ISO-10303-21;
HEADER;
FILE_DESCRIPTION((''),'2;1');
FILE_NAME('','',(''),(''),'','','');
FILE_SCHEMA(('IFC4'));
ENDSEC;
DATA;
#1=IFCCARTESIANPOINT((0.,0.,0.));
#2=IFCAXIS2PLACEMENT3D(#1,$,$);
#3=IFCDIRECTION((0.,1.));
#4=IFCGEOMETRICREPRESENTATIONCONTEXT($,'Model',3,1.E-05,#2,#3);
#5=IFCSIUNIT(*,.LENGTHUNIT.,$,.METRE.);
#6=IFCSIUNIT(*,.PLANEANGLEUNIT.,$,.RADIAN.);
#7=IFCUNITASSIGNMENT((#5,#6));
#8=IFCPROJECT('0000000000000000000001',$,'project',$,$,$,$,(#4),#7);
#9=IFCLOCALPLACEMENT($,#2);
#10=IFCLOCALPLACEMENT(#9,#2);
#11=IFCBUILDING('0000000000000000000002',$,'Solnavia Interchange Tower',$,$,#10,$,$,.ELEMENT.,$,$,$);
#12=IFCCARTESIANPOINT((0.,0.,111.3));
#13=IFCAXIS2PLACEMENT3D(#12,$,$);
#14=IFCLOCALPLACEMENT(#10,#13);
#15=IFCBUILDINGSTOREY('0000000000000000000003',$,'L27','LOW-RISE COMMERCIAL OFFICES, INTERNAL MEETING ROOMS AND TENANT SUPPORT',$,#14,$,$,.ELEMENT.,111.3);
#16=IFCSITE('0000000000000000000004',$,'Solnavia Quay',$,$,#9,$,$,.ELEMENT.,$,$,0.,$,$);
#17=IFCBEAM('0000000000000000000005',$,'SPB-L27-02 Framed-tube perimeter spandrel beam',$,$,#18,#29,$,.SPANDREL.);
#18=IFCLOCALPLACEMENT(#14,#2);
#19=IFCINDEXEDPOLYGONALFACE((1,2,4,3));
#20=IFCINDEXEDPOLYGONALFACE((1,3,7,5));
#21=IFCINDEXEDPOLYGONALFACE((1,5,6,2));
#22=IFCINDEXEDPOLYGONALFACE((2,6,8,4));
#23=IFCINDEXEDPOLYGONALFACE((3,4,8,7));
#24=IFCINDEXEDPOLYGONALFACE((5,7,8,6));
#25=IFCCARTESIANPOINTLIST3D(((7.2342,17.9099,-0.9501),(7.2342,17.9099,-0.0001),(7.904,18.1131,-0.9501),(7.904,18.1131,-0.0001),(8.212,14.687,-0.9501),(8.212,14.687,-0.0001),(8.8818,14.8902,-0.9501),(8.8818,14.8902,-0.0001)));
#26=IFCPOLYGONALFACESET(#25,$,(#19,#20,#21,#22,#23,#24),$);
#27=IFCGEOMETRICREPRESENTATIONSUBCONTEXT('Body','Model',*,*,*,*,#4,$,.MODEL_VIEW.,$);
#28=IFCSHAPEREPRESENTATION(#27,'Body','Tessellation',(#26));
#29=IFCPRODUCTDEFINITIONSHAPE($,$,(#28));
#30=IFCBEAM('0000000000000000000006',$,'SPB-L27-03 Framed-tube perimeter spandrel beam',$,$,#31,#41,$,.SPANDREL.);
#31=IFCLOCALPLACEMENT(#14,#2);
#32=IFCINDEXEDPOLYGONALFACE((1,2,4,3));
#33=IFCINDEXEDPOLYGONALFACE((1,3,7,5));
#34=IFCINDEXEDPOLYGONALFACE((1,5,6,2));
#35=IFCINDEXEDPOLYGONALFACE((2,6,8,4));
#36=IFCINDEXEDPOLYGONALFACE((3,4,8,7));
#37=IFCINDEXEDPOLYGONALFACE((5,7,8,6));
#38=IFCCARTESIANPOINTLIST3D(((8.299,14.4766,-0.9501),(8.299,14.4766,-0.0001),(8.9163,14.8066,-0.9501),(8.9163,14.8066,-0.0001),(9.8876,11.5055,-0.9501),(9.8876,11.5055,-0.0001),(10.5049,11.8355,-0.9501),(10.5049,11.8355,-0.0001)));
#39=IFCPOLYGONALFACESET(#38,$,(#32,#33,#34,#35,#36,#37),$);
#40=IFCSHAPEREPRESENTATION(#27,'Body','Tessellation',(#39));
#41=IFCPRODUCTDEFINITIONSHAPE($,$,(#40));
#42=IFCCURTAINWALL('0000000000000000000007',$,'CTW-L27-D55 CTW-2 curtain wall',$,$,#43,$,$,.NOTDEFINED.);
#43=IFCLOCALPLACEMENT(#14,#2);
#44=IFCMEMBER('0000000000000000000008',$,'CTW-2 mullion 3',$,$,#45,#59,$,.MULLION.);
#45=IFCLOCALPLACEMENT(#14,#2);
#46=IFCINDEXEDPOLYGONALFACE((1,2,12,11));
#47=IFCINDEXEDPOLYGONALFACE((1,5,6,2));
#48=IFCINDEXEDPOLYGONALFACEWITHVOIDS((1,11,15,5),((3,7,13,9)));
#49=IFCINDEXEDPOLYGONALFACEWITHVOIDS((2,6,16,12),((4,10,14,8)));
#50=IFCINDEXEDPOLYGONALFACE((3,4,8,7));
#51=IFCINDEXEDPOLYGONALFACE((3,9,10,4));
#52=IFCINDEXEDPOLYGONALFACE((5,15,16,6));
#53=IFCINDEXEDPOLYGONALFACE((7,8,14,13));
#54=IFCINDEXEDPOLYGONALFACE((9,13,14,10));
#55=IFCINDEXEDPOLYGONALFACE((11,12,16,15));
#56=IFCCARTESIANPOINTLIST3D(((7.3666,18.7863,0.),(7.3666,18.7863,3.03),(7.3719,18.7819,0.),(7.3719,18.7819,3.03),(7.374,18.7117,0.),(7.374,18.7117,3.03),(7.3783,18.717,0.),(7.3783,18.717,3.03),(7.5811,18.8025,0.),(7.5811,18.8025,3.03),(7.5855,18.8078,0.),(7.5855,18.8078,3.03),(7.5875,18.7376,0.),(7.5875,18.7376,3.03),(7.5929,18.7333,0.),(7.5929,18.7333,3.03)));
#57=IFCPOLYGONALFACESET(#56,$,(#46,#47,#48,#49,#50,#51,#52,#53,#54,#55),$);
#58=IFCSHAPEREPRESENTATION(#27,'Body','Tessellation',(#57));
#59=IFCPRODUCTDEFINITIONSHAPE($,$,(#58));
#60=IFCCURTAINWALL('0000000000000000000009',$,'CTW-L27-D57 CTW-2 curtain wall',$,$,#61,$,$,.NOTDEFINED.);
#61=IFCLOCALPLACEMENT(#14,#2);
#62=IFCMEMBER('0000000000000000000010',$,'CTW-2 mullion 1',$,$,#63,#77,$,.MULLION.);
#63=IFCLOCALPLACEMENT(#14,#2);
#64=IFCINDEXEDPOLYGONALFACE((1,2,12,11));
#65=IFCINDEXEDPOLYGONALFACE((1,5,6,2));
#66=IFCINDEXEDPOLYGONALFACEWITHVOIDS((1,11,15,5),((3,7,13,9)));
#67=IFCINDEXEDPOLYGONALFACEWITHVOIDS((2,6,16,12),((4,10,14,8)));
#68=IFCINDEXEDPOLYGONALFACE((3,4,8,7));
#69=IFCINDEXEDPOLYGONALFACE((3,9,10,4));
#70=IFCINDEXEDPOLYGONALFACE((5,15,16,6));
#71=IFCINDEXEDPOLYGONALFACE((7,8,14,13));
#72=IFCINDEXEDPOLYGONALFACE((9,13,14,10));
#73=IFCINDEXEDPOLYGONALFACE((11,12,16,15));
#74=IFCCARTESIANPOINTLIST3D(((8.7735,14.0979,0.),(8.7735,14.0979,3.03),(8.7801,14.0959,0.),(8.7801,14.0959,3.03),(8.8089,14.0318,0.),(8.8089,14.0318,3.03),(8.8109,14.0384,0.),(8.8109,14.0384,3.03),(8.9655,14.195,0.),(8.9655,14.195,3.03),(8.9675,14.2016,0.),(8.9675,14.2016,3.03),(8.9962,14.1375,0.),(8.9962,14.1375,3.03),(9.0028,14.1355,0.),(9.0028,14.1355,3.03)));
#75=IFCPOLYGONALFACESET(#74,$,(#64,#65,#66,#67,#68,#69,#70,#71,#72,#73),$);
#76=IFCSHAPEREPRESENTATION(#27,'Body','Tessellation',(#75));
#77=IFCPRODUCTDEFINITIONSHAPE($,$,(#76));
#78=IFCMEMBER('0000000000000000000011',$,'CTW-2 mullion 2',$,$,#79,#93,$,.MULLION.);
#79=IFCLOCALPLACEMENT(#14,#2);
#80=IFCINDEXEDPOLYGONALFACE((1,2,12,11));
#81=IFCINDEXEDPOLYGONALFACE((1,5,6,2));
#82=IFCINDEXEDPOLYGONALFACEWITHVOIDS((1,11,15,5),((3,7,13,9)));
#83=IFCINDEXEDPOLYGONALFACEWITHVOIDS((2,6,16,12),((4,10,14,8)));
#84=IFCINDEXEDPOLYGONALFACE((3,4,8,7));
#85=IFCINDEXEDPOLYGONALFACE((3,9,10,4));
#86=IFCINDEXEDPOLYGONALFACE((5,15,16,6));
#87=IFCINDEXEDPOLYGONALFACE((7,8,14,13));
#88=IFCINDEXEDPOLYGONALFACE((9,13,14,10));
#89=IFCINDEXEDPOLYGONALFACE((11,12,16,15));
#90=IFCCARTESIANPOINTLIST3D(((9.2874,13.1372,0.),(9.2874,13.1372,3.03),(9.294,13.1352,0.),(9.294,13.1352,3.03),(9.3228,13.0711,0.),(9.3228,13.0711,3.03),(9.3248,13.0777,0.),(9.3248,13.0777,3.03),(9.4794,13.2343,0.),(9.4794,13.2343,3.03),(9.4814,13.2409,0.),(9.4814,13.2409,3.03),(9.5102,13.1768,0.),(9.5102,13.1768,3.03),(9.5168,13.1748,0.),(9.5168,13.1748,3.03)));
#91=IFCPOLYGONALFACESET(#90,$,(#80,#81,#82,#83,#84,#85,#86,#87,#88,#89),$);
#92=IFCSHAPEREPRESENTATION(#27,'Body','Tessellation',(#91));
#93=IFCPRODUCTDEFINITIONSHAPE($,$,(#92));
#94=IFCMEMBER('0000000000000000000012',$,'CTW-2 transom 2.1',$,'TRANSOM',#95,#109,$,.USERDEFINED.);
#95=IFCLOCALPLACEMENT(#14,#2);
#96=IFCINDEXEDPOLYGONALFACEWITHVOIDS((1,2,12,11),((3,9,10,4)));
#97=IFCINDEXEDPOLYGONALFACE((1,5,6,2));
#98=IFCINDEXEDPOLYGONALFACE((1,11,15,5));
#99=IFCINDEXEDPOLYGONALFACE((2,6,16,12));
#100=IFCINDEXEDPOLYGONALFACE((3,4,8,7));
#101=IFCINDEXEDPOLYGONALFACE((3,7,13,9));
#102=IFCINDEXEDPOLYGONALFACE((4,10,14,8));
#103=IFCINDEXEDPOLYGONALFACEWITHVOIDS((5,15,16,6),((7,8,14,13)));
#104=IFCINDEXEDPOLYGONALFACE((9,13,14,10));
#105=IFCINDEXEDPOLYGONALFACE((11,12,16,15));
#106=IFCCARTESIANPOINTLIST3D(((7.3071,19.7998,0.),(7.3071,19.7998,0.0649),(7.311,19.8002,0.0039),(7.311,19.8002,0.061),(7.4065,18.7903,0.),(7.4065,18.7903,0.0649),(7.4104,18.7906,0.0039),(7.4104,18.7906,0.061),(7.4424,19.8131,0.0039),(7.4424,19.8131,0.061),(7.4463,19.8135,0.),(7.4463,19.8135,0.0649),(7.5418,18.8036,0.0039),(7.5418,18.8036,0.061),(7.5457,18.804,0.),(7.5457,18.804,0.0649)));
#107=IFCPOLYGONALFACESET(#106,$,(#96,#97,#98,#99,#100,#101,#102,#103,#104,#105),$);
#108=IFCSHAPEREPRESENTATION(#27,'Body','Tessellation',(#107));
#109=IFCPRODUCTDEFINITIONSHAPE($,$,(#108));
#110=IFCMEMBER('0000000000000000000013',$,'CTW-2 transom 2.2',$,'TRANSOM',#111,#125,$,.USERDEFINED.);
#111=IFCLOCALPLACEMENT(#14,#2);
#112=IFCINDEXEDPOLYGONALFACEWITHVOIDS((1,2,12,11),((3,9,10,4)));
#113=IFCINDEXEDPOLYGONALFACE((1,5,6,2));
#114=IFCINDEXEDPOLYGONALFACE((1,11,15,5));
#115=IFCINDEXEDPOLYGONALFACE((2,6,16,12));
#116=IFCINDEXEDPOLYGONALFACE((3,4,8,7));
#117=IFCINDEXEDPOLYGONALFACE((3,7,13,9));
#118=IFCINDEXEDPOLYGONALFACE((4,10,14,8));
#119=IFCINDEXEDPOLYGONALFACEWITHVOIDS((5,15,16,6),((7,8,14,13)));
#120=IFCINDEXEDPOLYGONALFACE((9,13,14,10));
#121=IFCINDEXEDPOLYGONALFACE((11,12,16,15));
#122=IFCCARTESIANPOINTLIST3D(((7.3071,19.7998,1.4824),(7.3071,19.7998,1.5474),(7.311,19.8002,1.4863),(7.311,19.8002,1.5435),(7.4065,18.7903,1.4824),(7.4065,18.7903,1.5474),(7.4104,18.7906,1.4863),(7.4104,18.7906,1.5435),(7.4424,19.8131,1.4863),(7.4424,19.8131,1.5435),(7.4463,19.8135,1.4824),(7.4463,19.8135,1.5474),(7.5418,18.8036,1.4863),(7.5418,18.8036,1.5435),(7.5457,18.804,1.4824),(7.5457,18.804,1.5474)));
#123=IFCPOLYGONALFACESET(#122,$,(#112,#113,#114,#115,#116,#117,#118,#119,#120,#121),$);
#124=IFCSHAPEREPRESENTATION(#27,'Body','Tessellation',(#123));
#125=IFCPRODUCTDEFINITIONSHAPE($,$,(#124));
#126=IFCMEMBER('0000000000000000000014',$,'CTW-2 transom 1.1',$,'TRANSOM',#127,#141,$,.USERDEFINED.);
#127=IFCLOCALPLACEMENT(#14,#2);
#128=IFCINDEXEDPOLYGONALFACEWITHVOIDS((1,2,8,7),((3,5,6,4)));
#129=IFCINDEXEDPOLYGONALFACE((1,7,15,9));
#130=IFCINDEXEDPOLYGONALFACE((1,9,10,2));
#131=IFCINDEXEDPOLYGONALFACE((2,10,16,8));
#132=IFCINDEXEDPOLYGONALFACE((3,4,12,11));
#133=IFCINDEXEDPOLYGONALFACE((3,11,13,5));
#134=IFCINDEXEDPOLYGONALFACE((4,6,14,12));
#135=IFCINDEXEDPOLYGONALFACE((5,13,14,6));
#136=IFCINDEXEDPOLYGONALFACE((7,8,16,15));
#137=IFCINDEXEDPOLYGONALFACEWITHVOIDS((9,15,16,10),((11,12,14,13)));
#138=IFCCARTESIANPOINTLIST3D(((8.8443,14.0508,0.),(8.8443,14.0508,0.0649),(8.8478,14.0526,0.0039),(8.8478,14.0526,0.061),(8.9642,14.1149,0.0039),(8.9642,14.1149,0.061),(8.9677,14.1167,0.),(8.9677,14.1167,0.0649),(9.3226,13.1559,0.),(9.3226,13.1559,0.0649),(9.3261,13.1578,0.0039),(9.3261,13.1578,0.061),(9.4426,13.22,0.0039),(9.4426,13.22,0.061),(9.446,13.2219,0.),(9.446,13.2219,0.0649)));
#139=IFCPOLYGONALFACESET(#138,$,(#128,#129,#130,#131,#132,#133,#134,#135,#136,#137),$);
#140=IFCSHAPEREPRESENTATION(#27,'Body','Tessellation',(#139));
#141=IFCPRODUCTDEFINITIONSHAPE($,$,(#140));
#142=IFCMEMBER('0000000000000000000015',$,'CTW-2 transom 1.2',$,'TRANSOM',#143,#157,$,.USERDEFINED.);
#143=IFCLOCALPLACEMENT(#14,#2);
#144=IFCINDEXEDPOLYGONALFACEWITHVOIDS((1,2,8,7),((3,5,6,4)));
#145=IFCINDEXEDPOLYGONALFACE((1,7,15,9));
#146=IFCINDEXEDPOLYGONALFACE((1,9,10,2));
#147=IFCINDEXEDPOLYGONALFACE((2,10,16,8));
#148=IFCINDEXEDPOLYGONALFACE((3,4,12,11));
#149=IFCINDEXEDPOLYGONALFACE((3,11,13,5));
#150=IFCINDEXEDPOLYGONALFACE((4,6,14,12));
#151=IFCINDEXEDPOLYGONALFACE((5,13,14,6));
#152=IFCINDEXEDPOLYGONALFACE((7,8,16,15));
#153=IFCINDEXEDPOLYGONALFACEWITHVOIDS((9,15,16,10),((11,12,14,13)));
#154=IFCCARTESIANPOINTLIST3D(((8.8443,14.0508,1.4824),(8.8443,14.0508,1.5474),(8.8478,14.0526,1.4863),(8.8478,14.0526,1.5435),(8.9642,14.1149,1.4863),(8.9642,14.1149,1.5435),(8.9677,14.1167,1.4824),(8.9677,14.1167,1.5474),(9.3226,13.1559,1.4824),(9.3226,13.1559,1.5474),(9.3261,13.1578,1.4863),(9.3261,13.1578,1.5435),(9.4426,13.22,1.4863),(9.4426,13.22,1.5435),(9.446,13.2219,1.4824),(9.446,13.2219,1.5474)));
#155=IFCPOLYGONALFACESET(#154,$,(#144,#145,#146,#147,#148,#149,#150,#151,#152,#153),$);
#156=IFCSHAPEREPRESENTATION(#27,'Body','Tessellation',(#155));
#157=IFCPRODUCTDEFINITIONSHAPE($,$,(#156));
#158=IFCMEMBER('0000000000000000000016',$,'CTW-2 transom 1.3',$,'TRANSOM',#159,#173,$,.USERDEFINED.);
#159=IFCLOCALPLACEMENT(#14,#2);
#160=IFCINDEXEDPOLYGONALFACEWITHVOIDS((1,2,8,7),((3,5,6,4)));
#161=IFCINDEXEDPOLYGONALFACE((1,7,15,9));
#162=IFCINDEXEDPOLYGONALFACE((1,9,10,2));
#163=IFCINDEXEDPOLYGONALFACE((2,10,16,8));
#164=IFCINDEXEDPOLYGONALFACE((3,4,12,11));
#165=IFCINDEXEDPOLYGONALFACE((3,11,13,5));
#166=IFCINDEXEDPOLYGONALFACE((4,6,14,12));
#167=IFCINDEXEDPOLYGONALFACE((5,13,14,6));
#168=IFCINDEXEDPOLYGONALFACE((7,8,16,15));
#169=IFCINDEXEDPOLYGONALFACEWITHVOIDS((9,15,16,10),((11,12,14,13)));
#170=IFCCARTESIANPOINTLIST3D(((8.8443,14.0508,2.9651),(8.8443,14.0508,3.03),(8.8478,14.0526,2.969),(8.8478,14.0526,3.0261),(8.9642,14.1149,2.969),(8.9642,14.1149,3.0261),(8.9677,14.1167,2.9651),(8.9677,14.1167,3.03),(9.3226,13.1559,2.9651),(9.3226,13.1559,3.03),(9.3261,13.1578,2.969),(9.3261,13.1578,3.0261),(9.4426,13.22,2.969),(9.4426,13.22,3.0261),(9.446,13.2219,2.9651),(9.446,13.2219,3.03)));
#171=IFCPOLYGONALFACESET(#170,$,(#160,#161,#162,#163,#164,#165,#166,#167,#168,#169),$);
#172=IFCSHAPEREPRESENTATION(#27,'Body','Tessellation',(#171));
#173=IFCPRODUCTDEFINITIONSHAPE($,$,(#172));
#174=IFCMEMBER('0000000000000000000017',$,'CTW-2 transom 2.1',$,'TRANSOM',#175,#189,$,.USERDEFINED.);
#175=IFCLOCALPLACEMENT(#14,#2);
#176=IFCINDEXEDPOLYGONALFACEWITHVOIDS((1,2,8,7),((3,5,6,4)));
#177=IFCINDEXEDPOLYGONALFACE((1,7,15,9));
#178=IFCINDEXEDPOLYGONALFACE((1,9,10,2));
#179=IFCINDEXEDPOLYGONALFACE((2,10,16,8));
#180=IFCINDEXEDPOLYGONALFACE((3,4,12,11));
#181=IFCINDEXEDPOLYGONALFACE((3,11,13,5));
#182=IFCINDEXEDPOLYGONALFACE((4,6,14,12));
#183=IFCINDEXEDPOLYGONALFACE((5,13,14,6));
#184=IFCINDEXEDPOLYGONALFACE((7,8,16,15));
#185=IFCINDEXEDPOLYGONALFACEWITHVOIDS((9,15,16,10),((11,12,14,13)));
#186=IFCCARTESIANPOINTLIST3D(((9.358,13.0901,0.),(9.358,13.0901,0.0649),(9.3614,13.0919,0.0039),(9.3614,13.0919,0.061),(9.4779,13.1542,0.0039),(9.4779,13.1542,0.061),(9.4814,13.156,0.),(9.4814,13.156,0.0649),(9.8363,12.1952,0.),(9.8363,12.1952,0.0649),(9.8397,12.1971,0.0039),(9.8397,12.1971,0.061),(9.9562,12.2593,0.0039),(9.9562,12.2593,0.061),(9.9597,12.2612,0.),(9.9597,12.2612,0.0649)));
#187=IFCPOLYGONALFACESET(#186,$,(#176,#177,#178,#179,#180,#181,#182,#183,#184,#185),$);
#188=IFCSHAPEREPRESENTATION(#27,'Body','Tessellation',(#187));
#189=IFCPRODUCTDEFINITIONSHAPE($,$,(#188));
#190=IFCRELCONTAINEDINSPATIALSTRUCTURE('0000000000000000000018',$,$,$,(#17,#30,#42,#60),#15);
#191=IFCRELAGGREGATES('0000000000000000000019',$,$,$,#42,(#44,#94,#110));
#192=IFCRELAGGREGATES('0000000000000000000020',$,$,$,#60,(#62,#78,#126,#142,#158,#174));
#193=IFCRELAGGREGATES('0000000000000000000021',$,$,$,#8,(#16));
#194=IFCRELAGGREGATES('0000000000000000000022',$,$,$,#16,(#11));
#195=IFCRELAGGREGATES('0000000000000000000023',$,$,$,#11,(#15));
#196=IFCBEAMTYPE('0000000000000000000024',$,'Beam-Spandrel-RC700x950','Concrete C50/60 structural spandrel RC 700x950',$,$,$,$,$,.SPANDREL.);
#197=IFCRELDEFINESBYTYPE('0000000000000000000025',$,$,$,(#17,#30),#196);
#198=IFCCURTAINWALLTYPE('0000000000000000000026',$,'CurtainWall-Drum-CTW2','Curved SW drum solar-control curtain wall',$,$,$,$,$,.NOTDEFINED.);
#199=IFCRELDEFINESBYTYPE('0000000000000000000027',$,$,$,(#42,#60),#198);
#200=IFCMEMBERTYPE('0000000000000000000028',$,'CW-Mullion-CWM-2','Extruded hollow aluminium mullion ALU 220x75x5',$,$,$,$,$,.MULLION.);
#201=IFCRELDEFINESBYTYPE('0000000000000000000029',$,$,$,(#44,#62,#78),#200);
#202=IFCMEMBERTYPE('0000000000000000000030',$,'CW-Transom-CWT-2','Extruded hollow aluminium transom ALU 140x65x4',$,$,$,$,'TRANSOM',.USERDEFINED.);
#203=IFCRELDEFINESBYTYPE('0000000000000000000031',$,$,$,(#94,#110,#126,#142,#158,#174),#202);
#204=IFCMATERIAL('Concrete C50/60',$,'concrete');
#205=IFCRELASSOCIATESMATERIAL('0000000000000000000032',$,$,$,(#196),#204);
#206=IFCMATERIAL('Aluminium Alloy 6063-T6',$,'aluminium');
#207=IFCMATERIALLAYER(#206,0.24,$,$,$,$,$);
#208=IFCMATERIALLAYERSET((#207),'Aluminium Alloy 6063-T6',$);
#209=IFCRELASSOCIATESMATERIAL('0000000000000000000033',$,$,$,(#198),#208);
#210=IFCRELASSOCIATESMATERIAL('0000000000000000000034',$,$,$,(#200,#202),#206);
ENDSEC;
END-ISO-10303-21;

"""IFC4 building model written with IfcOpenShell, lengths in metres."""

from ifc_helpers import new_model, si_unit, direction, frame, origin, origin_2d, place, context, subcontext, project, spatial, rectangle, hollow_rectangle, extrude, material, layer, layer_set, material_profile, profile_set, type_object, element, aggregate, save


model = new_model("IFC4")

# Units and contexts
model_context = context("Model", 3, precision=1e-05, world=origin(), true_north=direction((0.0, 1.0)))
body_context = subcontext(model_context, "Body", "Model", "MODEL_VIEW")
ifc_project = project(units=[si_unit("LENGTHUNIT", "METRE"), si_unit("PLANEANGLEUNIT", "RADIAN")], contexts=[model_context])

# Site, building, storey
site_placement = place(None, origin())
site = spatial("IfcSite", under=ifc_project, at=site_placement, Name="Solnavia Quay", CompositionType="ELEMENT", RefElevation=0.0)
building_placement = place(site_placement, origin())
building = spatial("IfcBuilding", under=site, at=building_placement, Name="Solnavia Interchange Tower", CompositionType="ELEMENT")
storey_placement = place(building_placement, frame((0.0, 0.0, 111.3)))
storey = spatial("IfcBuildingStorey", under=building, at=storey_placement, Name="L27", Description="LOW-RISE COMMERCIAL OFFICES, INTERNAL MEETING ROOMS AND TENANT SUPPORT", CompositionType="ELEMENT", Elevation=111.3)

# Beams
ifc_material_1 = material(Name="Concrete C50/60", Category="concrete")
ifc_material_profile_1 = material_profile(ifc_material_1, rectangle(XDim=0.7, YDim=0.95, at=origin_2d()), Name="RC 700x950")
ifc_profile_set_1 = profile_set([ifc_material_profile_1], Name="Concrete C50/60")
beam_type_1 = type_object("IfcBeamType", Name="Beam-Spandrel-RC700x950", Description="Concrete C50/60 structural spandrel RC 700x950", PredefinedType="SPANDREL", material=ifc_profile_set_1)
beam_1_placement = place(storey_placement, frame((7.5691, 18.0115, -0.4751), z_axis=(0.290319, -0.95693, 0.0), x_axis=(0.95693, 0.290319, 0.0)))
element("IfcBeam", 1, at=beam_1_placement, inside=storey, type_object=beam_type_1, Name="SPB-L27-02 Framed-tube perimeter spandrel beam", PredefinedType="SPANDREL", context=body_context, shape_type="SweptSolid", body=[
    extrude(rectangle(XDim=0.7, YDim=0.95, at=origin_2d()), origin(), (0.0, 0.0, 1.0), 3.3679),
])
beam_2_placement = place(storey_placement, frame((8.6077, 14.6416, -0.4751), z_axis=(0.471509, -0.881861, 0.0), x_axis=(0.881861, 0.471509, 0.0)))
element("IfcBeam", 2, at=beam_2_placement, inside=storey, type_object=beam_type_1, Name="SPB-L27-03 Framed-tube perimeter spandrel beam", PredefinedType="SPANDREL", context=body_context, shape_type="SweptSolid", body=[
    extrude(rectangle(XDim=0.7, YDim=0.95, at=origin_2d()), origin(), (0.0, 0.0, 1.0), 3.3691),
])

# Curtain wall, member
ifc_material_2 = material(Name="Aluminium Alloy 6063-T6", Category="aluminium")
ifc_layer_1 = layer(ifc_material_2, 0.24)
ifc_layer_set_1 = layer_set([ifc_layer_1], Name="Aluminium Alloy 6063-T6")
curtain_wall_type = type_object("IfcCurtainWallType", Name="CurtainWall-Drum-CTW2", Description="Curved SW drum solar-control curtain wall", PredefinedType="NOTDEFINED", material=ifc_layer_set_1)
curtain_wall_1_placement = place(storey_placement, origin())
curtain_wall_1 = element("IfcCurtainWall", 3, at=curtain_wall_1_placement, inside=storey, type_object=curtain_wall_type, Name="CTW-L27-D55 CTW-2 curtain wall", PredefinedType="NOTDEFINED")
ifc_material_profile_2 = material_profile(ifc_material_2, hollow_rectangle(XDim=0.075, YDim=0.22, WallThickness=0.0049, at=origin_2d()), Name="ALU 220x75x5")
ifc_profile_set_2 = profile_set([ifc_material_profile_2], Name="Aluminium Alloy 6063-T6")
member_type_1 = type_object("IfcMemberType", Name="CW-Mullion-CWM-2", Description="Extruded hollow aluminium mullion ALU 220x75x5", PredefinedType="MULLION", material=ifc_profile_set_2)
member_1_placement = place(storey_placement, frame((7.4797, 18.7598, 0.0), z_axis=(0.0, 0.0, 1.0), x_axis=(0.098045, -0.995182, 0.0)))
member_1 = element("IfcMember", 4, at=member_1_placement, type_object=member_type_1, Name="CTW-2 mullion 3", PredefinedType="MULLION", context=body_context, shape_type="SweptSolid", body=[
    extrude(hollow_rectangle(XDim=0.075, YDim=0.22, WallThickness=0.0049, at=origin_2d()), origin(), (0.0, 0.0, 1.0), 3.03),
])

# Curtain wall, members
curtain_wall_2_placement = place(storey_placement, origin())
curtain_wall_2 = element("IfcCurtainWall", 5, at=curtain_wall_2_placement, inside=storey, type_object=curtain_wall_type, Name="CTW-L27-D57 CTW-2 curtain wall", PredefinedType="NOTDEFINED")
member_2_placement = place(storey_placement, frame((8.8882, 14.1167, 0.0), z_axis=(0.0, 0.0, 1.0), x_axis=(0.471537, -0.881846, 0.0)))
member_2 = element("IfcMember", 6, at=member_2_placement, type_object=member_type_1, Name="CTW-2 mullion 1", PredefinedType="MULLION", context=body_context, shape_type="SweptSolid", body=[
    extrude(hollow_rectangle(XDim=0.075, YDim=0.22, WallThickness=0.0049, at=origin_2d()), origin(), (0.0, 0.0, 1.0), 3.03),
])
member_3_placement = place(storey_placement, frame((9.4021, 13.156, 0.0), z_axis=(0.0, 0.0, 1.0), x_axis=(0.471537, -0.881846, 0.0)))
member_3 = element("IfcMember", 7, at=member_3_placement, type_object=member_type_1, Name="CTW-2 mullion 2", PredefinedType="MULLION", context=body_context, shape_type="SweptSolid", body=[
    extrude(hollow_rectangle(XDim=0.075, YDim=0.22, WallThickness=0.0049, at=origin_2d()), origin(), (0.0, 0.0, 1.0), 3.03),
])

# Members
ifc_material_profile_3 = material_profile(ifc_material_2, hollow_rectangle(XDim=0.0649, YDim=0.1399, WallThickness=0.0039, at=origin_2d()), Name="ALU 140x65x4")
ifc_profile_set_3 = profile_set([ifc_material_profile_3], Name="Aluminium Alloy 6063-T6")
member_type_2 = type_object("IfcMemberType", Name="CW-Transom-CWT-2", Description="Extruded hollow aluminium transom ALU 140x65x4", ElementType="TRANSOM", PredefinedType="USERDEFINED", material=ifc_profile_set_3)
member_4_placement = place(storey_placement, frame((7.3767, 19.8066, 0.0325), z_axis=(0.097955, -0.995191, 0.0), x_axis=(0.0, 0.0, 1.0)))
member_4 = element("IfcMember", 8, at=member_4_placement, type_object=member_type_2, Name="CTW-2 transom 2.1", ObjectType="TRANSOM", PredefinedType="USERDEFINED", context=body_context, shape_type="SweptSolid", body=[
    extrude(hollow_rectangle(XDim=0.0649, YDim=0.1399, WallThickness=0.0039, at=origin_2d()), origin(), (0.0, 0.0, 1.0), 1.0144),
])
member_5_placement = place(storey_placement, frame((7.3767, 19.8066, 1.5149), z_axis=(0.097955, -0.995191, 0.0), x_axis=(0.0, 0.0, 1.0)))
member_5 = element("IfcMember", 9, at=member_5_placement, type_object=member_type_2, Name="CTW-2 transom 2.2", ObjectType="TRANSOM", PredefinedType="USERDEFINED", context=body_context, shape_type="SweptSolid", body=[
    extrude(hollow_rectangle(XDim=0.0649, YDim=0.1399, WallThickness=0.0039, at=origin_2d()), origin(), (0.0, 0.0, 1.0), 1.0144),
])
member_6_placement = place(storey_placement, frame((8.906, 14.0837, 0.0325), z_axis=(0.4714, -0.88192, 0.0), x_axis=(0.0, 0.0, 1.0)))
member_6 = element("IfcMember", 10, at=member_6_placement, type_object=member_type_2, Name="CTW-2 transom 1.1", ObjectType="TRANSOM", PredefinedType="USERDEFINED", context=body_context, shape_type="SweptSolid", body=[
    extrude(hollow_rectangle(XDim=0.0649, YDim=0.1399, WallThickness=0.0039, at=origin_2d()), origin(), (0.0, 0.0, 1.0), 1.0146),
])
member_7_placement = place(storey_placement, frame((8.906, 14.0837, 1.5149), z_axis=(0.4714, -0.88192, 0.0), x_axis=(0.0, 0.0, 1.0)))
member_7 = element("IfcMember", 11, at=member_7_placement, type_object=member_type_2, Name="CTW-2 transom 1.2", ObjectType="TRANSOM", PredefinedType="USERDEFINED", context=body_context, shape_type="SweptSolid", body=[
    extrude(hollow_rectangle(XDim=0.0649, YDim=0.1399, WallThickness=0.0039, at=origin_2d()), origin(), (0.0, 0.0, 1.0), 1.0146),
])
member_8_placement = place(storey_placement, frame((8.906, 14.0837, 2.9976), z_axis=(0.4714, -0.88192, 0.0), x_axis=(0.0, 0.0, 1.0)))
member_8 = element("IfcMember", 12, at=member_8_placement, type_object=member_type_2, Name="CTW-2 transom 1.3", ObjectType="TRANSOM", PredefinedType="USERDEFINED", context=body_context, shape_type="SweptSolid", body=[
    extrude(hollow_rectangle(XDim=0.0649, YDim=0.1399, WallThickness=0.0039, at=origin_2d()), origin(), (0.0, 0.0, 1.0), 1.0146),
])
member_9_placement = place(storey_placement, frame((9.4197, 13.123, 0.0325), z_axis=(0.4714, -0.88192, 0.0), x_axis=(0.0, 0.0, 1.0)))
member_9 = element("IfcMember", 13, at=member_9_placement, type_object=member_type_2, Name="CTW-2 transom 2.1", ObjectType="TRANSOM", PredefinedType="USERDEFINED", context=body_context, shape_type="SweptSolid", body=[
    extrude(hollow_rectangle(XDim=0.0649, YDim=0.1399, WallThickness=0.0039, at=origin_2d()), origin(), (0.0, 0.0, 1.0), 1.0146),
])

aggregate(curtain_wall_1, [member_1, member_4, member_5])
aggregate(curtain_wall_2, [member_2, member_3, member_6, member_7, member_8, member_9])

save(model, "model.ifc")
